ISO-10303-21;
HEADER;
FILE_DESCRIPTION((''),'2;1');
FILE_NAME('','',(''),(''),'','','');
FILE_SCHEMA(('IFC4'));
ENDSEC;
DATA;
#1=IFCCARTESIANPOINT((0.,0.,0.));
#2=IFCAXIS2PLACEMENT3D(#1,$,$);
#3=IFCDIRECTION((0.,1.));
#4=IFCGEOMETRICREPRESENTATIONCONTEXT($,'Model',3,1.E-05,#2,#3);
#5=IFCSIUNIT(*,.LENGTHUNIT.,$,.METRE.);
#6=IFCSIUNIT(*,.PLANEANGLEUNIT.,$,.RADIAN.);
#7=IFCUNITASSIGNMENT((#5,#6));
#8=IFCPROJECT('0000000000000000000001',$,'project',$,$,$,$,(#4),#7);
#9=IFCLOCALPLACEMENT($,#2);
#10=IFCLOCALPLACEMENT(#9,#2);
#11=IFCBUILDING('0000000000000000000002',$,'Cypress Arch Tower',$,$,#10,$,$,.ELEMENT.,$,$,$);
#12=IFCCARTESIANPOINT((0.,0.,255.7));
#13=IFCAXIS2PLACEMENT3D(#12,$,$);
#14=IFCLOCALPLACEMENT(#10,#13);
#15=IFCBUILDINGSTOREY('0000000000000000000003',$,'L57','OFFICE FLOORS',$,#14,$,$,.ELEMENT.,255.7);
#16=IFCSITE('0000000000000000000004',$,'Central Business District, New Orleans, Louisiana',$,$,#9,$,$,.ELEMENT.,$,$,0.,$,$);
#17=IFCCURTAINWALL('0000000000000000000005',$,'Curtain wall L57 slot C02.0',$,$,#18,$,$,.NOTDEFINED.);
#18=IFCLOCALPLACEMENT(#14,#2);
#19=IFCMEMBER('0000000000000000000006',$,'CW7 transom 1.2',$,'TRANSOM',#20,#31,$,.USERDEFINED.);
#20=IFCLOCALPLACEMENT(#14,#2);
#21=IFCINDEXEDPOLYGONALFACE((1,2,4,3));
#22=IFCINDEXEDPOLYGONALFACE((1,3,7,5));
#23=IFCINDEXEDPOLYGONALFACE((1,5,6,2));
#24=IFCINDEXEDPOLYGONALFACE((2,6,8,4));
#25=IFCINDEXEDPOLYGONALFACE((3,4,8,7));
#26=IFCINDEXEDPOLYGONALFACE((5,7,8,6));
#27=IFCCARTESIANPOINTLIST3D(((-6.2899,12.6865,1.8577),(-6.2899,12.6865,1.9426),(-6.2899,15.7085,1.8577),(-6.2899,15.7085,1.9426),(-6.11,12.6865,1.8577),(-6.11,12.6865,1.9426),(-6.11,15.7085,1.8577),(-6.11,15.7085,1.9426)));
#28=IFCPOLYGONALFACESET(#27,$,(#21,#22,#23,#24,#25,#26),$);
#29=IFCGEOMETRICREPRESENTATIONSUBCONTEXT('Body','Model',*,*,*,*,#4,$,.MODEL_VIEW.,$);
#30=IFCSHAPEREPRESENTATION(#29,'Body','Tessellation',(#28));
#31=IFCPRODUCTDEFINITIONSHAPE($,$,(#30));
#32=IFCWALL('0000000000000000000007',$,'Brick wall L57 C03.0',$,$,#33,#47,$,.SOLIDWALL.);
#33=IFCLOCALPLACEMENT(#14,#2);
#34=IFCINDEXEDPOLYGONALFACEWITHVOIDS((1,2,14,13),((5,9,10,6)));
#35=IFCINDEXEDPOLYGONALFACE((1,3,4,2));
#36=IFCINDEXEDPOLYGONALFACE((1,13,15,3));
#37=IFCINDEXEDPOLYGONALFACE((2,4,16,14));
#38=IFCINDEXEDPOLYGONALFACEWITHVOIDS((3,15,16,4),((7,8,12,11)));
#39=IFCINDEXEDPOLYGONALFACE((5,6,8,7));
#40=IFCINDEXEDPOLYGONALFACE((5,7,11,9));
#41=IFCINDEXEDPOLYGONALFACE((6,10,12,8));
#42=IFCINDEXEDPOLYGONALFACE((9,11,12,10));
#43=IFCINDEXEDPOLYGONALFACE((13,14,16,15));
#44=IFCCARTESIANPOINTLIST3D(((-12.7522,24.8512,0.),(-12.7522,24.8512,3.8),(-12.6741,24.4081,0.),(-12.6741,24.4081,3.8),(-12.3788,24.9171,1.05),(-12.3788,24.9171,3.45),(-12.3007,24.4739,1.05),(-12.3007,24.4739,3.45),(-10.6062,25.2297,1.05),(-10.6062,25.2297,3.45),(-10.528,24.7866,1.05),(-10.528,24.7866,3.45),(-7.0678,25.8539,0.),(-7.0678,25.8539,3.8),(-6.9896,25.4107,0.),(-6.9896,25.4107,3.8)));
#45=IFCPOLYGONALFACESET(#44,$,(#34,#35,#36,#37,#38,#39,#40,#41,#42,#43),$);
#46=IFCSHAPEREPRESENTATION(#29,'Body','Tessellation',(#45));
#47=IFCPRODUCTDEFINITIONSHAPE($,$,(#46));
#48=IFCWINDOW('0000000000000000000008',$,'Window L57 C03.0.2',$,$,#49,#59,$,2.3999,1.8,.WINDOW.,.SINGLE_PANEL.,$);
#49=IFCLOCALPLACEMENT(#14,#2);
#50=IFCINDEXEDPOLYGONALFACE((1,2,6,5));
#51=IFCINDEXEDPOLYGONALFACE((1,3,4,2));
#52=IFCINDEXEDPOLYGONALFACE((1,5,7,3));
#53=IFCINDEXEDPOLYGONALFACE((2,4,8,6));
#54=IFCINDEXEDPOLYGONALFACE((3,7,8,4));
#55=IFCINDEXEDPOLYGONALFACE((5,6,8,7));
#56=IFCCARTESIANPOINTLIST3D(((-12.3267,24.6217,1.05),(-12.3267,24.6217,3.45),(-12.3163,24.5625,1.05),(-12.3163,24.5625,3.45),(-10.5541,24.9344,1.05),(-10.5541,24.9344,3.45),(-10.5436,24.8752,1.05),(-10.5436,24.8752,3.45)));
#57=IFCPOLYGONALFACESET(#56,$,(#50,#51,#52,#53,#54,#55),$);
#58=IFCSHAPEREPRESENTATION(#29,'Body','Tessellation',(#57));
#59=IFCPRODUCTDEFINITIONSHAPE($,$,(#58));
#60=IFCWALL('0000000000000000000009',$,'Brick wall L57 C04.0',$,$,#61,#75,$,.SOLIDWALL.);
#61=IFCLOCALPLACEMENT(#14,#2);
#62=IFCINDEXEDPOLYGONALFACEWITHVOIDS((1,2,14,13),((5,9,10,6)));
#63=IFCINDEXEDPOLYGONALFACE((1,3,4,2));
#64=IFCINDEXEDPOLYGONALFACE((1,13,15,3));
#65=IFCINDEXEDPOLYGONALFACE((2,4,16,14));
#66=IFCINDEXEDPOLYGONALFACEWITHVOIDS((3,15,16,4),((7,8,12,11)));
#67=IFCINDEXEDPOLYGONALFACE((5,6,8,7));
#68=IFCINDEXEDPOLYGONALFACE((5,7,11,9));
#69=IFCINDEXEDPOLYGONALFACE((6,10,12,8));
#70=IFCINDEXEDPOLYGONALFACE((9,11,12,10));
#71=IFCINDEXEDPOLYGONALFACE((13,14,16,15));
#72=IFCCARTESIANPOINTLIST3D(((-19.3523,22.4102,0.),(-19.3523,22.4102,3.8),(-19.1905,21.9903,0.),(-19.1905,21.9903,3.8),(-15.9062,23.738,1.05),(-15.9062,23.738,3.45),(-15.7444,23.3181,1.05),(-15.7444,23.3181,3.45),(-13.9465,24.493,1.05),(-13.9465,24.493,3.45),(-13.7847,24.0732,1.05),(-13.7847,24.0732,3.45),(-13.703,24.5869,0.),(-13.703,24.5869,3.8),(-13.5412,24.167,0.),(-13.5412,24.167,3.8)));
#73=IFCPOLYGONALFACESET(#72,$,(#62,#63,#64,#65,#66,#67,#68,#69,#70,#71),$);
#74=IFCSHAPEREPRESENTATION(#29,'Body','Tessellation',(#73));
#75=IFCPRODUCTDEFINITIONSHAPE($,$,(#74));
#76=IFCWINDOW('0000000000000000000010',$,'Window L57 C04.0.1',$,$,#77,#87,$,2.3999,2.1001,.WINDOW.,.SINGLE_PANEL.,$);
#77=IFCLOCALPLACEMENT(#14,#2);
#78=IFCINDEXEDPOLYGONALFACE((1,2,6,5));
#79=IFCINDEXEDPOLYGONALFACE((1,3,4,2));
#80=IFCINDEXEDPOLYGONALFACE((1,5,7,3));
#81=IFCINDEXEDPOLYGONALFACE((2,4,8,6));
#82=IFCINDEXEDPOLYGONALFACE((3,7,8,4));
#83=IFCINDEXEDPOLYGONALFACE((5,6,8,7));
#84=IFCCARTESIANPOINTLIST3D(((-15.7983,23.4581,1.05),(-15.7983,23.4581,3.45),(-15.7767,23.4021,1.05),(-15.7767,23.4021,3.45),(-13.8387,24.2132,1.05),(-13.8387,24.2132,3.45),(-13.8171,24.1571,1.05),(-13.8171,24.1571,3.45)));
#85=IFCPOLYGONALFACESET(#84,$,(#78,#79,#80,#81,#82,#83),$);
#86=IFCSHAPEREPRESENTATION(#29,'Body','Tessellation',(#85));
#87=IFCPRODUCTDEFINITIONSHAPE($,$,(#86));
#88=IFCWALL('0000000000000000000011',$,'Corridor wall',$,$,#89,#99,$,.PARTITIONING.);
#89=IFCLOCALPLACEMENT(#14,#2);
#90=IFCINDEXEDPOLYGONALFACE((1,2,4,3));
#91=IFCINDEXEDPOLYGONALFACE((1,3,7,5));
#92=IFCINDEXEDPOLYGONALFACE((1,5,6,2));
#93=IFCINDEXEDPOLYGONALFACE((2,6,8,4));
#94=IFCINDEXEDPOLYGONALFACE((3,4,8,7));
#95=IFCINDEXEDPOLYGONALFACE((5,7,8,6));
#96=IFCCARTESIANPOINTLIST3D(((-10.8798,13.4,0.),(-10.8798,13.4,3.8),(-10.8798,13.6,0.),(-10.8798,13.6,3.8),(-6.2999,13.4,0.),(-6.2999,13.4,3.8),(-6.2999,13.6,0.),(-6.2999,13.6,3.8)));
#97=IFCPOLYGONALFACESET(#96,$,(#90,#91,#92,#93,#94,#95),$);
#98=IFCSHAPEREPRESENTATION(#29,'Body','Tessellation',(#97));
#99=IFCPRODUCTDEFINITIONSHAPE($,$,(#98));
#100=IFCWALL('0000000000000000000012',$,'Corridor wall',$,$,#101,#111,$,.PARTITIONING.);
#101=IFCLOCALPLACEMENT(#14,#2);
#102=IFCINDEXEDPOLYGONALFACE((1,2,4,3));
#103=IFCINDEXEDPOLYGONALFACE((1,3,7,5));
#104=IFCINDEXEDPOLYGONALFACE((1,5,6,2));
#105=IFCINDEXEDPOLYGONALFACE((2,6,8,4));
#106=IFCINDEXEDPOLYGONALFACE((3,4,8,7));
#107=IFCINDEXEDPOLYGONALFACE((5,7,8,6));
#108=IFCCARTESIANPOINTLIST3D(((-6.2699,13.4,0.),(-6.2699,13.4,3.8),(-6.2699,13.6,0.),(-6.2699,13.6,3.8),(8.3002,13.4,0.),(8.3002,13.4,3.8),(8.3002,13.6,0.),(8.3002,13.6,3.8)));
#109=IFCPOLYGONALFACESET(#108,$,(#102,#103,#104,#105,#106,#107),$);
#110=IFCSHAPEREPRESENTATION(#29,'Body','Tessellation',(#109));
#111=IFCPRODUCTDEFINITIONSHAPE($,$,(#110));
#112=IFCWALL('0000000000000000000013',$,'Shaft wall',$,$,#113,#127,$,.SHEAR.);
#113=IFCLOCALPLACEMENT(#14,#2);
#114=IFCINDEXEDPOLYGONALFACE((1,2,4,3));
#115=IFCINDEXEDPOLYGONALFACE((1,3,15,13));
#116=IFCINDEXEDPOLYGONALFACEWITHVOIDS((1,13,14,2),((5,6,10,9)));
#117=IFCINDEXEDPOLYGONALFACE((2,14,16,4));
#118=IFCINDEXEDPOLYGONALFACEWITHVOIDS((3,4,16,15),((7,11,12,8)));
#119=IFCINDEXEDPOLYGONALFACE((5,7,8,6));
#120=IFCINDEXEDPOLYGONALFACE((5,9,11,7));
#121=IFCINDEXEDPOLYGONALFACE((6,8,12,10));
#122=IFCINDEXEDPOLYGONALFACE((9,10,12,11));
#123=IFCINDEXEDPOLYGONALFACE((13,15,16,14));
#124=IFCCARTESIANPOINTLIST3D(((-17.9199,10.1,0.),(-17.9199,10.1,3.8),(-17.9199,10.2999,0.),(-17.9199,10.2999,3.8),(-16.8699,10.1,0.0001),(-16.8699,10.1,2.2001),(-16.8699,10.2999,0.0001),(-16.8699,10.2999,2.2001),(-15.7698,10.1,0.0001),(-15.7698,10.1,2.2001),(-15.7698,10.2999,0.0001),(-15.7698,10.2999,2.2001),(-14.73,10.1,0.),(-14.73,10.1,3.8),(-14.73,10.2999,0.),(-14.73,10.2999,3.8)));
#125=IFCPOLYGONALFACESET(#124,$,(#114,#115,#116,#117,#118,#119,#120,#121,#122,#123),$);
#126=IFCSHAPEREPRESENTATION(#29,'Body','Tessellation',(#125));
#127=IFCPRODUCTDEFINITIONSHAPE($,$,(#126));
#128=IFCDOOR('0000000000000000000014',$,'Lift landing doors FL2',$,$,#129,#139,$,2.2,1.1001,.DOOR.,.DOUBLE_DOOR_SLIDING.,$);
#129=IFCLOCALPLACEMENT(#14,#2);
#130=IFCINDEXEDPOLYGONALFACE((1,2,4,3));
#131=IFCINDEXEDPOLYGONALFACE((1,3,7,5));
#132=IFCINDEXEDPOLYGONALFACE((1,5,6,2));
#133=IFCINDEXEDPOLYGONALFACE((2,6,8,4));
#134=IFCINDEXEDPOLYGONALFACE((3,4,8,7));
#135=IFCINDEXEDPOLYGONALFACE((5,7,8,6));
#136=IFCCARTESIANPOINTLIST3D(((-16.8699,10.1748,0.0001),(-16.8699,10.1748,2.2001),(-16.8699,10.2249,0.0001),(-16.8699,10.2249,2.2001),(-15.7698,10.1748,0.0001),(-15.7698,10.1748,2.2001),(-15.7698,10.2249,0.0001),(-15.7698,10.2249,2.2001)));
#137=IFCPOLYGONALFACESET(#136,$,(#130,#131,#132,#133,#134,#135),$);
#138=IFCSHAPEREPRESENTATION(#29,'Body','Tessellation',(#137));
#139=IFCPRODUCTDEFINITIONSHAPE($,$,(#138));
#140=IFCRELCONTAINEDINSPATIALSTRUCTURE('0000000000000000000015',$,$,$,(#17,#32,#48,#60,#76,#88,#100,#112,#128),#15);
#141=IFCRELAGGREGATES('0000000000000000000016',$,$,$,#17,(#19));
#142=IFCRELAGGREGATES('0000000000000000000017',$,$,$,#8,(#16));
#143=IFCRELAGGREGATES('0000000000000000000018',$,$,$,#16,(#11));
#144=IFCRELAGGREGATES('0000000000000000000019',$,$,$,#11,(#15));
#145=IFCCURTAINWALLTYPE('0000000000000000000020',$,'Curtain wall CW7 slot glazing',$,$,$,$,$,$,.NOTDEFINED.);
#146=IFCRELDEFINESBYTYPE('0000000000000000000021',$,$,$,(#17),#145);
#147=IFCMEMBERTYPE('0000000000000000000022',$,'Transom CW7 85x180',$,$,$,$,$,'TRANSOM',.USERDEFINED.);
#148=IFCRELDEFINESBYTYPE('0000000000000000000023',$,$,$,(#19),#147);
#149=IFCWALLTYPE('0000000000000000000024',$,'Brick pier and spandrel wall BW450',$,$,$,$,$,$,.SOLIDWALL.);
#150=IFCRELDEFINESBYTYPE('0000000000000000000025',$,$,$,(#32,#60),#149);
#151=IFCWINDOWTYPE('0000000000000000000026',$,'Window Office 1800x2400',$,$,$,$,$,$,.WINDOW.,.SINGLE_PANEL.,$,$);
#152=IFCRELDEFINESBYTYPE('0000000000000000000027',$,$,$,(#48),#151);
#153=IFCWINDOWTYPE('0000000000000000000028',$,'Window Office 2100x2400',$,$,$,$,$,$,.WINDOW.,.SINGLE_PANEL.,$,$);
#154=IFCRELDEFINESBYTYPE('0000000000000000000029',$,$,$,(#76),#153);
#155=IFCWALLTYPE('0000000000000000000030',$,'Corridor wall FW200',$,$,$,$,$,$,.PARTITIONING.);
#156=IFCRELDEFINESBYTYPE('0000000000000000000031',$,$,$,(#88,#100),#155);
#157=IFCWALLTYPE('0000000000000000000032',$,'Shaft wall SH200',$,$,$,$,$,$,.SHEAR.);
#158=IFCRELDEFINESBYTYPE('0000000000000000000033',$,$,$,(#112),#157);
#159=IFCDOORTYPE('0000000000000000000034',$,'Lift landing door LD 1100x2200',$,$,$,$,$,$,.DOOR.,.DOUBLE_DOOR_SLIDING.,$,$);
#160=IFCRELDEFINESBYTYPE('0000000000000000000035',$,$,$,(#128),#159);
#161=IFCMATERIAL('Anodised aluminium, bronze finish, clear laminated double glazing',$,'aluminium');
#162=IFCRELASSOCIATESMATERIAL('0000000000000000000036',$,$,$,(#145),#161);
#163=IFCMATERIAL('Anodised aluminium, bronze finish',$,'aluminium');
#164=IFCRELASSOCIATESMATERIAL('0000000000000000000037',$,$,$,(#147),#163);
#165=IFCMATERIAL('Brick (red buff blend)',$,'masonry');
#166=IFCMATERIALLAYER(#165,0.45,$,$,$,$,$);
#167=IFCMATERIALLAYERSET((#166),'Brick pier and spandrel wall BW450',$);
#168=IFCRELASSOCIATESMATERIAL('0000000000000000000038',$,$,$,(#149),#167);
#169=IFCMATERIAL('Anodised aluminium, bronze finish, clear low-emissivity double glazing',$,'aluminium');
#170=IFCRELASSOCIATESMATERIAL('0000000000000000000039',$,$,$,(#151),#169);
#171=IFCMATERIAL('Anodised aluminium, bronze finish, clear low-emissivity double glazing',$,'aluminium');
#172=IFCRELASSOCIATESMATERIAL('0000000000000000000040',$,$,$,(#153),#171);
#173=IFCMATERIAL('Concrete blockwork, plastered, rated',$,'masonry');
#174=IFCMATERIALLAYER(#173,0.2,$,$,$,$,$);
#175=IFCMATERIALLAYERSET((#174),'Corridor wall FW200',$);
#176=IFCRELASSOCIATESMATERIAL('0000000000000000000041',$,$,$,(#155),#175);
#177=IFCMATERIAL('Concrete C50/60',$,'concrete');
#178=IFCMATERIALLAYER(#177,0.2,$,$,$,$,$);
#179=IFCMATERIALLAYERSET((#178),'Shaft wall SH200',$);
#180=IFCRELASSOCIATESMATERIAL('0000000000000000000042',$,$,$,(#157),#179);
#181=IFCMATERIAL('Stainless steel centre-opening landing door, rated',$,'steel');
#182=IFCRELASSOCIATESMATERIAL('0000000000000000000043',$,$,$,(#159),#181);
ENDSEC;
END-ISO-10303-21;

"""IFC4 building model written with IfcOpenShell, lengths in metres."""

from ifc_helpers import new_model, si_unit, direction, frame, frame_2d, origin, origin_2d, place, context, subcontext, project, spatial, rectangle, extrude, material, layer, layer_set, material_profile, profile_set, type_object, element, fill, aggregate, save


model = new_model("IFC4")

# Units and contexts
model_context = context("Model", 3, precision=1e-05, world=origin(), true_north=direction((0.0, 1.0)))
body_context = subcontext(model_context, "Body", "Model", "MODEL_VIEW")
ifc_project = project(units=[si_unit("LENGTHUNIT", "METRE"), si_unit("PLANEANGLEUNIT", "RADIAN")], contexts=[model_context])

# Site, building, storey
site_placement = place(None, origin())
site = spatial("IfcSite", under=ifc_project, at=site_placement, Name="Central Business District, New Orleans, Louisiana", CompositionType="ELEMENT", RefElevation=0.0)
building_placement = place(site_placement, origin())
building = spatial("IfcBuilding", under=site, at=building_placement, Name="Cypress Arch Tower", CompositionType="ELEMENT")
storey_placement = place(building_placement, frame((0.0, 0.0, 255.7)))
storey = spatial("IfcBuildingStorey", under=building, at=storey_placement, Name="L57", Description="OFFICE FLOORS", CompositionType="ELEMENT", Elevation=255.7)

# Curtain wall
ifc_material_1 = material(Name="Anodised aluminium, bronze finish, clear laminated double glazing", Category="aluminium")
curtain_wall_type = type_object("IfcCurtainWallType", Name="Curtain wall CW7 slot glazing", PredefinedType="NOTDEFINED", material=ifc_material_1)
curtain_wall_placement = place(storey_placement, origin())
curtain_wall = element("IfcCurtainWall", 1, at=curtain_wall_placement, inside=storey, type_object=curtain_wall_type, Name="Curtain wall L57 slot C02.0", PredefinedType="NOTDEFINED")

# Member
ifc_material_2 = material(Name="Anodised aluminium, bronze finish", Category="aluminium")
ifc_material_profile_1 = material_profile(ifc_material_2, rectangle(XDim=0.1799, YDim=0.085, at=origin_2d()), Name="Transom 85x180")
ifc_profile_set_1 = profile_set([ifc_material_profile_1], Name="Anodised aluminium, bronze finish")
member_type_1 = type_object("IfcMemberType", Name="Transom CW7 85x180", ElementType="TRANSOM", PredefinedType="USERDEFINED", material=ifc_profile_set_1)
member_1_placement = place(storey_placement, frame((-6.2, 12.6865, 1.9001), z_axis=(0.0, 1.0, 0.0), x_axis=(-1.0, 0.0, 0.0)))
member_1 = element("IfcMember", 2, at=member_1_placement, type_object=member_type_1, Name="CW7 transom 1.2", ObjectType="TRANSOM", PredefinedType="USERDEFINED", context=body_context, shape_type="SweptSolid", body=[
    extrude(rectangle(XDim=0.1799, YDim=0.085, at=origin_2d()), origin(), (0.0, 0.0, 1.0), 3.022),
])
aggregate(curtain_wall, [member_1])

# Walls, openings, windows
ifc_material_3 = material(Name="Brick (red buff blend)", Category="masonry")
ifc_layer_1 = layer(ifc_material_3, 0.45)
ifc_layer_set_1 = layer_set([ifc_layer_1], Name="Brick pier and spandrel wall BW450")
wall_type_1 = type_object("IfcWallType", Name="Brick pier and spandrel wall BW450", PredefinedType="SOLIDWALL", material=ifc_layer_set_1)
wall_1_placement = place(storey_placement, frame((-7.0286, 25.6323, 0.0), z_axis=(0.0, 0.0, 1.0), x_axis=(-0.984798, -0.173706, 0.0)))
wall_1 = element("IfcWall", 3, at=wall_1_placement, inside=storey, type_object=wall_type_1, Name="Brick wall L57 C03.0", PredefinedType="SOLIDWALL", context=body_context, shape_type="SweptSolid", body=[
    extrude(rectangle(XDim=5.7722, YDim=0.45, at=frame_2d((2.8862, 0.0))), origin(), (0.0, 0.0, 1.0), 3.8),
])
opening_1_placement = place(wall_1_placement, frame((3.5933, 0.0, 1.05)))
opening_1 = element("IfcOpeningElement", 4, at=opening_1_placement, cuts=wall_1, PredefinedType="OPENING", context=body_context, shape_type="SweptSolid", body=[
    extrude(rectangle(XDim=1.8, YDim=2.3999, at=frame_2d((0.8999, 1.2))), frame((0.0, 0.2349, 0.0), z_axis=(0.0, -1.0, 0.0), x_axis=(1.0, 0.0, 0.0)), (0.0, 0.0, 1.0), 0.47),
])
ifc_material_4 = material(Name="Anodised aluminium, bronze finish, clear low-emissivity double glazing", Category="aluminium")
window_type_1 = type_object("IfcWindowType", Name="Window Office 1800x2400", PartitioningType="SINGLE_PANEL", PredefinedType="WINDOW", material=ifc_material_4)
window_1_placement = place(opening_1_placement, origin())
window_1 = element("IfcWindow", 5, at=window_1_placement, inside=storey, type_object=window_type_1, Name="Window L57 C03.0.2", OverallHeight=2.3999, OverallWidth=1.8, PartitioningType="SINGLE_PANEL", PredefinedType="WINDOW", context=body_context, shape_type="SweptSolid", body=[
    extrude(rectangle(XDim=1.8, YDim=2.3999, at=frame_2d((0.8999, 1.2))), frame((0.0, 0.135, 0.0), z_axis=(0.0, -1.0, 0.0), x_axis=(1.0, 0.0, 0.0)), (0.0, 0.0, 1.0), 0.0601),
])
fill(opening_1, window_1)
wall_2_placement = place(storey_placement, frame((-13.6221, 24.377, 0.0), z_axis=(0.0, 0.0, 1.0), x_axis=(-0.933129, -0.359541, 0.0)))
wall_2 = element("IfcWall", 6, at=wall_2_placement, inside=storey, type_object=wall_type_1, Name="Brick wall L57 C04.0", PredefinedType="SOLIDWALL", context=body_context, shape_type="SweptSolid", body=[
    extrude(rectangle(XDim=6.0542, YDim=0.45, at=frame_2d((3.0271, 0.0))), origin(), (0.0, 0.0, 1.0), 3.8),
])
opening_2_placement = place(wall_2_placement, frame((0.261, 0.0, 1.05)))
opening_2 = element("IfcOpeningElement", 7, at=opening_2_placement, cuts=wall_2, PredefinedType="OPENING", context=body_context, shape_type="SweptSolid", body=[
    extrude(rectangle(XDim=2.1001, YDim=2.3999, at=frame_2d((1.05, 1.2))), frame((0.0, 0.2349, 0.0), z_axis=(0.0, -1.0, 0.0), x_axis=(1.0, 0.0, 0.0)), (0.0, 0.0, 1.0), 0.47),
])
ifc_material_5 = material(Name="Anodised aluminium, bronze finish, clear low-emissivity double glazing", Category="aluminium")
window_type_2 = type_object("IfcWindowType", Name="Window Office 2100x2400", PartitioningType="SINGLE_PANEL", PredefinedType="WINDOW", material=ifc_material_5)
window_2_placement = place(opening_2_placement, origin())
window_2 = element("IfcWindow", 8, at=window_2_placement, inside=storey, type_object=window_type_2, Name="Window L57 C04.0.1", OverallHeight=2.3999, OverallWidth=2.1001, PartitioningType="SINGLE_PANEL", PredefinedType="WINDOW", context=body_context, shape_type="SweptSolid", body=[
    extrude(rectangle(XDim=2.1001, YDim=2.3999, at=frame_2d((1.05, 1.2))), frame((0.0, 0.135, 0.0), z_axis=(0.0, -1.0, 0.0), x_axis=(1.0, 0.0, 0.0)), (0.0, 0.0, 1.0), 0.0601),
])
fill(opening_2, window_2)

# Walls
ifc_material_6 = material(Name="Concrete blockwork, plastered, rated", Category="masonry")
ifc_layer_2 = layer(ifc_material_6, 0.2)
ifc_layer_set_2 = layer_set([ifc_layer_2], Name="Corridor wall FW200")
wall_type_2 = type_object("IfcWallType", Name="Corridor wall FW200", PredefinedType="PARTITIONING", material=ifc_layer_set_2)
wall_3_placement = place(storey_placement, frame((-10.8799, 13.5, 0.0), z_axis=(0.0, 0.0, 1.0), x_axis=(1.0, 0.0, 0.0)))
element("IfcWall", 9, at=wall_3_placement, inside=storey, type_object=wall_type_2, Name="Corridor wall", PredefinedType="PARTITIONING", context=body_context, shape_type="SweptSolid", body=[
    extrude(rectangle(XDim=4.5798, YDim=0.2, at=frame_2d((2.29, 0.0))), origin(), (0.0, 0.0, 1.0), 3.8),
])
wall_4_placement = place(storey_placement, frame((-6.27, 13.5, 0.0), z_axis=(0.0, 0.0, 1.0), x_axis=(1.0, 0.0, 0.0)))
element("IfcWall", 10, at=wall_4_placement, inside=storey, type_object=wall_type_2, Name="Corridor wall", PredefinedType="PARTITIONING", context=body_context, shape_type="SweptSolid", body=[
    extrude(rectangle(XDim=14.5701, YDim=0.2, at=frame_2d((7.2852, 0.0))), origin(), (0.0, 0.0, 1.0), 3.8),
])

# Wall, opening, door
ifc_material_7 = material(Name="Concrete C50/60", Category="concrete")
ifc_layer_3 = layer(ifc_material_7, 0.2)
ifc_layer_set_3 = layer_set([ifc_layer_3], Name="Shaft wall SH200")
wall_type_3 = type_object("IfcWallType", Name="Shaft wall SH200", PredefinedType="SHEAR", material=ifc_layer_set_3)
wall_5_placement = place(storey_placement, frame((-17.9199, 10.2, 0.0), z_axis=(0.0, 0.0, 1.0), x_axis=(1.0, 0.0, 0.0)))
wall_5 = element("IfcWall", 11, at=wall_5_placement, inside=storey, type_object=wall_type_3, Name="Shaft wall", PredefinedType="SHEAR", context=body_context, shape_type="SweptSolid", body=[
    extrude(rectangle(XDim=3.1899, YDim=0.2, at=frame_2d((1.595, 0.0))), origin(), (0.0, 0.0, 1.0), 3.8),
])
opening_3_placement = place(wall_5_placement, frame((1.05, 0.0, 0.0)))
opening_3 = element("IfcOpeningElement", 12, at=opening_3_placement, cuts=wall_5, PredefinedType="OPENING", context=body_context, shape_type="SweptSolid", body=[
    extrude(rectangle(XDim=1.1001, YDim=2.2, at=frame_2d((0.55, 1.1001))), frame((0.0, 0.1099, 0.0), z_axis=(0.0, -1.0, 0.0), x_axis=(1.0, 0.0, 0.0)), (0.0, 0.0, 1.0), 0.22),
])
ifc_material_8 = material(Name="Stainless steel centre-opening landing door, rated", Category="steel")
door_type = type_object("IfcDoorType", Name="Lift landing door LD 1100x2200", OperationType="DOUBLE_DOOR_SLIDING", PredefinedType="DOOR", material=ifc_material_8)
door_placement = place(opening_3_placement, origin())
door = element("IfcDoor", 13, at=door_placement, inside=storey, type_object=door_type, Name="Lift landing doors FL2", OperationType="DOUBLE_DOOR_SLIDING", OverallHeight=2.2, OverallWidth=1.1001, PredefinedType="DOOR", context=body_context, shape_type="SweptSolid", body=[
    extrude(rectangle(XDim=1.1001, YDim=2.2, at=frame_2d((0.55, 1.1001))), frame((0.0, 0.0249, 0.0), z_axis=(0.0, -1.0, 0.0), x_axis=(1.0, 0.0, 0.0)), (0.0, 0.0, 1.0), 0.05),
])
fill(opening_3, door)

save(model, "model.ifc")
